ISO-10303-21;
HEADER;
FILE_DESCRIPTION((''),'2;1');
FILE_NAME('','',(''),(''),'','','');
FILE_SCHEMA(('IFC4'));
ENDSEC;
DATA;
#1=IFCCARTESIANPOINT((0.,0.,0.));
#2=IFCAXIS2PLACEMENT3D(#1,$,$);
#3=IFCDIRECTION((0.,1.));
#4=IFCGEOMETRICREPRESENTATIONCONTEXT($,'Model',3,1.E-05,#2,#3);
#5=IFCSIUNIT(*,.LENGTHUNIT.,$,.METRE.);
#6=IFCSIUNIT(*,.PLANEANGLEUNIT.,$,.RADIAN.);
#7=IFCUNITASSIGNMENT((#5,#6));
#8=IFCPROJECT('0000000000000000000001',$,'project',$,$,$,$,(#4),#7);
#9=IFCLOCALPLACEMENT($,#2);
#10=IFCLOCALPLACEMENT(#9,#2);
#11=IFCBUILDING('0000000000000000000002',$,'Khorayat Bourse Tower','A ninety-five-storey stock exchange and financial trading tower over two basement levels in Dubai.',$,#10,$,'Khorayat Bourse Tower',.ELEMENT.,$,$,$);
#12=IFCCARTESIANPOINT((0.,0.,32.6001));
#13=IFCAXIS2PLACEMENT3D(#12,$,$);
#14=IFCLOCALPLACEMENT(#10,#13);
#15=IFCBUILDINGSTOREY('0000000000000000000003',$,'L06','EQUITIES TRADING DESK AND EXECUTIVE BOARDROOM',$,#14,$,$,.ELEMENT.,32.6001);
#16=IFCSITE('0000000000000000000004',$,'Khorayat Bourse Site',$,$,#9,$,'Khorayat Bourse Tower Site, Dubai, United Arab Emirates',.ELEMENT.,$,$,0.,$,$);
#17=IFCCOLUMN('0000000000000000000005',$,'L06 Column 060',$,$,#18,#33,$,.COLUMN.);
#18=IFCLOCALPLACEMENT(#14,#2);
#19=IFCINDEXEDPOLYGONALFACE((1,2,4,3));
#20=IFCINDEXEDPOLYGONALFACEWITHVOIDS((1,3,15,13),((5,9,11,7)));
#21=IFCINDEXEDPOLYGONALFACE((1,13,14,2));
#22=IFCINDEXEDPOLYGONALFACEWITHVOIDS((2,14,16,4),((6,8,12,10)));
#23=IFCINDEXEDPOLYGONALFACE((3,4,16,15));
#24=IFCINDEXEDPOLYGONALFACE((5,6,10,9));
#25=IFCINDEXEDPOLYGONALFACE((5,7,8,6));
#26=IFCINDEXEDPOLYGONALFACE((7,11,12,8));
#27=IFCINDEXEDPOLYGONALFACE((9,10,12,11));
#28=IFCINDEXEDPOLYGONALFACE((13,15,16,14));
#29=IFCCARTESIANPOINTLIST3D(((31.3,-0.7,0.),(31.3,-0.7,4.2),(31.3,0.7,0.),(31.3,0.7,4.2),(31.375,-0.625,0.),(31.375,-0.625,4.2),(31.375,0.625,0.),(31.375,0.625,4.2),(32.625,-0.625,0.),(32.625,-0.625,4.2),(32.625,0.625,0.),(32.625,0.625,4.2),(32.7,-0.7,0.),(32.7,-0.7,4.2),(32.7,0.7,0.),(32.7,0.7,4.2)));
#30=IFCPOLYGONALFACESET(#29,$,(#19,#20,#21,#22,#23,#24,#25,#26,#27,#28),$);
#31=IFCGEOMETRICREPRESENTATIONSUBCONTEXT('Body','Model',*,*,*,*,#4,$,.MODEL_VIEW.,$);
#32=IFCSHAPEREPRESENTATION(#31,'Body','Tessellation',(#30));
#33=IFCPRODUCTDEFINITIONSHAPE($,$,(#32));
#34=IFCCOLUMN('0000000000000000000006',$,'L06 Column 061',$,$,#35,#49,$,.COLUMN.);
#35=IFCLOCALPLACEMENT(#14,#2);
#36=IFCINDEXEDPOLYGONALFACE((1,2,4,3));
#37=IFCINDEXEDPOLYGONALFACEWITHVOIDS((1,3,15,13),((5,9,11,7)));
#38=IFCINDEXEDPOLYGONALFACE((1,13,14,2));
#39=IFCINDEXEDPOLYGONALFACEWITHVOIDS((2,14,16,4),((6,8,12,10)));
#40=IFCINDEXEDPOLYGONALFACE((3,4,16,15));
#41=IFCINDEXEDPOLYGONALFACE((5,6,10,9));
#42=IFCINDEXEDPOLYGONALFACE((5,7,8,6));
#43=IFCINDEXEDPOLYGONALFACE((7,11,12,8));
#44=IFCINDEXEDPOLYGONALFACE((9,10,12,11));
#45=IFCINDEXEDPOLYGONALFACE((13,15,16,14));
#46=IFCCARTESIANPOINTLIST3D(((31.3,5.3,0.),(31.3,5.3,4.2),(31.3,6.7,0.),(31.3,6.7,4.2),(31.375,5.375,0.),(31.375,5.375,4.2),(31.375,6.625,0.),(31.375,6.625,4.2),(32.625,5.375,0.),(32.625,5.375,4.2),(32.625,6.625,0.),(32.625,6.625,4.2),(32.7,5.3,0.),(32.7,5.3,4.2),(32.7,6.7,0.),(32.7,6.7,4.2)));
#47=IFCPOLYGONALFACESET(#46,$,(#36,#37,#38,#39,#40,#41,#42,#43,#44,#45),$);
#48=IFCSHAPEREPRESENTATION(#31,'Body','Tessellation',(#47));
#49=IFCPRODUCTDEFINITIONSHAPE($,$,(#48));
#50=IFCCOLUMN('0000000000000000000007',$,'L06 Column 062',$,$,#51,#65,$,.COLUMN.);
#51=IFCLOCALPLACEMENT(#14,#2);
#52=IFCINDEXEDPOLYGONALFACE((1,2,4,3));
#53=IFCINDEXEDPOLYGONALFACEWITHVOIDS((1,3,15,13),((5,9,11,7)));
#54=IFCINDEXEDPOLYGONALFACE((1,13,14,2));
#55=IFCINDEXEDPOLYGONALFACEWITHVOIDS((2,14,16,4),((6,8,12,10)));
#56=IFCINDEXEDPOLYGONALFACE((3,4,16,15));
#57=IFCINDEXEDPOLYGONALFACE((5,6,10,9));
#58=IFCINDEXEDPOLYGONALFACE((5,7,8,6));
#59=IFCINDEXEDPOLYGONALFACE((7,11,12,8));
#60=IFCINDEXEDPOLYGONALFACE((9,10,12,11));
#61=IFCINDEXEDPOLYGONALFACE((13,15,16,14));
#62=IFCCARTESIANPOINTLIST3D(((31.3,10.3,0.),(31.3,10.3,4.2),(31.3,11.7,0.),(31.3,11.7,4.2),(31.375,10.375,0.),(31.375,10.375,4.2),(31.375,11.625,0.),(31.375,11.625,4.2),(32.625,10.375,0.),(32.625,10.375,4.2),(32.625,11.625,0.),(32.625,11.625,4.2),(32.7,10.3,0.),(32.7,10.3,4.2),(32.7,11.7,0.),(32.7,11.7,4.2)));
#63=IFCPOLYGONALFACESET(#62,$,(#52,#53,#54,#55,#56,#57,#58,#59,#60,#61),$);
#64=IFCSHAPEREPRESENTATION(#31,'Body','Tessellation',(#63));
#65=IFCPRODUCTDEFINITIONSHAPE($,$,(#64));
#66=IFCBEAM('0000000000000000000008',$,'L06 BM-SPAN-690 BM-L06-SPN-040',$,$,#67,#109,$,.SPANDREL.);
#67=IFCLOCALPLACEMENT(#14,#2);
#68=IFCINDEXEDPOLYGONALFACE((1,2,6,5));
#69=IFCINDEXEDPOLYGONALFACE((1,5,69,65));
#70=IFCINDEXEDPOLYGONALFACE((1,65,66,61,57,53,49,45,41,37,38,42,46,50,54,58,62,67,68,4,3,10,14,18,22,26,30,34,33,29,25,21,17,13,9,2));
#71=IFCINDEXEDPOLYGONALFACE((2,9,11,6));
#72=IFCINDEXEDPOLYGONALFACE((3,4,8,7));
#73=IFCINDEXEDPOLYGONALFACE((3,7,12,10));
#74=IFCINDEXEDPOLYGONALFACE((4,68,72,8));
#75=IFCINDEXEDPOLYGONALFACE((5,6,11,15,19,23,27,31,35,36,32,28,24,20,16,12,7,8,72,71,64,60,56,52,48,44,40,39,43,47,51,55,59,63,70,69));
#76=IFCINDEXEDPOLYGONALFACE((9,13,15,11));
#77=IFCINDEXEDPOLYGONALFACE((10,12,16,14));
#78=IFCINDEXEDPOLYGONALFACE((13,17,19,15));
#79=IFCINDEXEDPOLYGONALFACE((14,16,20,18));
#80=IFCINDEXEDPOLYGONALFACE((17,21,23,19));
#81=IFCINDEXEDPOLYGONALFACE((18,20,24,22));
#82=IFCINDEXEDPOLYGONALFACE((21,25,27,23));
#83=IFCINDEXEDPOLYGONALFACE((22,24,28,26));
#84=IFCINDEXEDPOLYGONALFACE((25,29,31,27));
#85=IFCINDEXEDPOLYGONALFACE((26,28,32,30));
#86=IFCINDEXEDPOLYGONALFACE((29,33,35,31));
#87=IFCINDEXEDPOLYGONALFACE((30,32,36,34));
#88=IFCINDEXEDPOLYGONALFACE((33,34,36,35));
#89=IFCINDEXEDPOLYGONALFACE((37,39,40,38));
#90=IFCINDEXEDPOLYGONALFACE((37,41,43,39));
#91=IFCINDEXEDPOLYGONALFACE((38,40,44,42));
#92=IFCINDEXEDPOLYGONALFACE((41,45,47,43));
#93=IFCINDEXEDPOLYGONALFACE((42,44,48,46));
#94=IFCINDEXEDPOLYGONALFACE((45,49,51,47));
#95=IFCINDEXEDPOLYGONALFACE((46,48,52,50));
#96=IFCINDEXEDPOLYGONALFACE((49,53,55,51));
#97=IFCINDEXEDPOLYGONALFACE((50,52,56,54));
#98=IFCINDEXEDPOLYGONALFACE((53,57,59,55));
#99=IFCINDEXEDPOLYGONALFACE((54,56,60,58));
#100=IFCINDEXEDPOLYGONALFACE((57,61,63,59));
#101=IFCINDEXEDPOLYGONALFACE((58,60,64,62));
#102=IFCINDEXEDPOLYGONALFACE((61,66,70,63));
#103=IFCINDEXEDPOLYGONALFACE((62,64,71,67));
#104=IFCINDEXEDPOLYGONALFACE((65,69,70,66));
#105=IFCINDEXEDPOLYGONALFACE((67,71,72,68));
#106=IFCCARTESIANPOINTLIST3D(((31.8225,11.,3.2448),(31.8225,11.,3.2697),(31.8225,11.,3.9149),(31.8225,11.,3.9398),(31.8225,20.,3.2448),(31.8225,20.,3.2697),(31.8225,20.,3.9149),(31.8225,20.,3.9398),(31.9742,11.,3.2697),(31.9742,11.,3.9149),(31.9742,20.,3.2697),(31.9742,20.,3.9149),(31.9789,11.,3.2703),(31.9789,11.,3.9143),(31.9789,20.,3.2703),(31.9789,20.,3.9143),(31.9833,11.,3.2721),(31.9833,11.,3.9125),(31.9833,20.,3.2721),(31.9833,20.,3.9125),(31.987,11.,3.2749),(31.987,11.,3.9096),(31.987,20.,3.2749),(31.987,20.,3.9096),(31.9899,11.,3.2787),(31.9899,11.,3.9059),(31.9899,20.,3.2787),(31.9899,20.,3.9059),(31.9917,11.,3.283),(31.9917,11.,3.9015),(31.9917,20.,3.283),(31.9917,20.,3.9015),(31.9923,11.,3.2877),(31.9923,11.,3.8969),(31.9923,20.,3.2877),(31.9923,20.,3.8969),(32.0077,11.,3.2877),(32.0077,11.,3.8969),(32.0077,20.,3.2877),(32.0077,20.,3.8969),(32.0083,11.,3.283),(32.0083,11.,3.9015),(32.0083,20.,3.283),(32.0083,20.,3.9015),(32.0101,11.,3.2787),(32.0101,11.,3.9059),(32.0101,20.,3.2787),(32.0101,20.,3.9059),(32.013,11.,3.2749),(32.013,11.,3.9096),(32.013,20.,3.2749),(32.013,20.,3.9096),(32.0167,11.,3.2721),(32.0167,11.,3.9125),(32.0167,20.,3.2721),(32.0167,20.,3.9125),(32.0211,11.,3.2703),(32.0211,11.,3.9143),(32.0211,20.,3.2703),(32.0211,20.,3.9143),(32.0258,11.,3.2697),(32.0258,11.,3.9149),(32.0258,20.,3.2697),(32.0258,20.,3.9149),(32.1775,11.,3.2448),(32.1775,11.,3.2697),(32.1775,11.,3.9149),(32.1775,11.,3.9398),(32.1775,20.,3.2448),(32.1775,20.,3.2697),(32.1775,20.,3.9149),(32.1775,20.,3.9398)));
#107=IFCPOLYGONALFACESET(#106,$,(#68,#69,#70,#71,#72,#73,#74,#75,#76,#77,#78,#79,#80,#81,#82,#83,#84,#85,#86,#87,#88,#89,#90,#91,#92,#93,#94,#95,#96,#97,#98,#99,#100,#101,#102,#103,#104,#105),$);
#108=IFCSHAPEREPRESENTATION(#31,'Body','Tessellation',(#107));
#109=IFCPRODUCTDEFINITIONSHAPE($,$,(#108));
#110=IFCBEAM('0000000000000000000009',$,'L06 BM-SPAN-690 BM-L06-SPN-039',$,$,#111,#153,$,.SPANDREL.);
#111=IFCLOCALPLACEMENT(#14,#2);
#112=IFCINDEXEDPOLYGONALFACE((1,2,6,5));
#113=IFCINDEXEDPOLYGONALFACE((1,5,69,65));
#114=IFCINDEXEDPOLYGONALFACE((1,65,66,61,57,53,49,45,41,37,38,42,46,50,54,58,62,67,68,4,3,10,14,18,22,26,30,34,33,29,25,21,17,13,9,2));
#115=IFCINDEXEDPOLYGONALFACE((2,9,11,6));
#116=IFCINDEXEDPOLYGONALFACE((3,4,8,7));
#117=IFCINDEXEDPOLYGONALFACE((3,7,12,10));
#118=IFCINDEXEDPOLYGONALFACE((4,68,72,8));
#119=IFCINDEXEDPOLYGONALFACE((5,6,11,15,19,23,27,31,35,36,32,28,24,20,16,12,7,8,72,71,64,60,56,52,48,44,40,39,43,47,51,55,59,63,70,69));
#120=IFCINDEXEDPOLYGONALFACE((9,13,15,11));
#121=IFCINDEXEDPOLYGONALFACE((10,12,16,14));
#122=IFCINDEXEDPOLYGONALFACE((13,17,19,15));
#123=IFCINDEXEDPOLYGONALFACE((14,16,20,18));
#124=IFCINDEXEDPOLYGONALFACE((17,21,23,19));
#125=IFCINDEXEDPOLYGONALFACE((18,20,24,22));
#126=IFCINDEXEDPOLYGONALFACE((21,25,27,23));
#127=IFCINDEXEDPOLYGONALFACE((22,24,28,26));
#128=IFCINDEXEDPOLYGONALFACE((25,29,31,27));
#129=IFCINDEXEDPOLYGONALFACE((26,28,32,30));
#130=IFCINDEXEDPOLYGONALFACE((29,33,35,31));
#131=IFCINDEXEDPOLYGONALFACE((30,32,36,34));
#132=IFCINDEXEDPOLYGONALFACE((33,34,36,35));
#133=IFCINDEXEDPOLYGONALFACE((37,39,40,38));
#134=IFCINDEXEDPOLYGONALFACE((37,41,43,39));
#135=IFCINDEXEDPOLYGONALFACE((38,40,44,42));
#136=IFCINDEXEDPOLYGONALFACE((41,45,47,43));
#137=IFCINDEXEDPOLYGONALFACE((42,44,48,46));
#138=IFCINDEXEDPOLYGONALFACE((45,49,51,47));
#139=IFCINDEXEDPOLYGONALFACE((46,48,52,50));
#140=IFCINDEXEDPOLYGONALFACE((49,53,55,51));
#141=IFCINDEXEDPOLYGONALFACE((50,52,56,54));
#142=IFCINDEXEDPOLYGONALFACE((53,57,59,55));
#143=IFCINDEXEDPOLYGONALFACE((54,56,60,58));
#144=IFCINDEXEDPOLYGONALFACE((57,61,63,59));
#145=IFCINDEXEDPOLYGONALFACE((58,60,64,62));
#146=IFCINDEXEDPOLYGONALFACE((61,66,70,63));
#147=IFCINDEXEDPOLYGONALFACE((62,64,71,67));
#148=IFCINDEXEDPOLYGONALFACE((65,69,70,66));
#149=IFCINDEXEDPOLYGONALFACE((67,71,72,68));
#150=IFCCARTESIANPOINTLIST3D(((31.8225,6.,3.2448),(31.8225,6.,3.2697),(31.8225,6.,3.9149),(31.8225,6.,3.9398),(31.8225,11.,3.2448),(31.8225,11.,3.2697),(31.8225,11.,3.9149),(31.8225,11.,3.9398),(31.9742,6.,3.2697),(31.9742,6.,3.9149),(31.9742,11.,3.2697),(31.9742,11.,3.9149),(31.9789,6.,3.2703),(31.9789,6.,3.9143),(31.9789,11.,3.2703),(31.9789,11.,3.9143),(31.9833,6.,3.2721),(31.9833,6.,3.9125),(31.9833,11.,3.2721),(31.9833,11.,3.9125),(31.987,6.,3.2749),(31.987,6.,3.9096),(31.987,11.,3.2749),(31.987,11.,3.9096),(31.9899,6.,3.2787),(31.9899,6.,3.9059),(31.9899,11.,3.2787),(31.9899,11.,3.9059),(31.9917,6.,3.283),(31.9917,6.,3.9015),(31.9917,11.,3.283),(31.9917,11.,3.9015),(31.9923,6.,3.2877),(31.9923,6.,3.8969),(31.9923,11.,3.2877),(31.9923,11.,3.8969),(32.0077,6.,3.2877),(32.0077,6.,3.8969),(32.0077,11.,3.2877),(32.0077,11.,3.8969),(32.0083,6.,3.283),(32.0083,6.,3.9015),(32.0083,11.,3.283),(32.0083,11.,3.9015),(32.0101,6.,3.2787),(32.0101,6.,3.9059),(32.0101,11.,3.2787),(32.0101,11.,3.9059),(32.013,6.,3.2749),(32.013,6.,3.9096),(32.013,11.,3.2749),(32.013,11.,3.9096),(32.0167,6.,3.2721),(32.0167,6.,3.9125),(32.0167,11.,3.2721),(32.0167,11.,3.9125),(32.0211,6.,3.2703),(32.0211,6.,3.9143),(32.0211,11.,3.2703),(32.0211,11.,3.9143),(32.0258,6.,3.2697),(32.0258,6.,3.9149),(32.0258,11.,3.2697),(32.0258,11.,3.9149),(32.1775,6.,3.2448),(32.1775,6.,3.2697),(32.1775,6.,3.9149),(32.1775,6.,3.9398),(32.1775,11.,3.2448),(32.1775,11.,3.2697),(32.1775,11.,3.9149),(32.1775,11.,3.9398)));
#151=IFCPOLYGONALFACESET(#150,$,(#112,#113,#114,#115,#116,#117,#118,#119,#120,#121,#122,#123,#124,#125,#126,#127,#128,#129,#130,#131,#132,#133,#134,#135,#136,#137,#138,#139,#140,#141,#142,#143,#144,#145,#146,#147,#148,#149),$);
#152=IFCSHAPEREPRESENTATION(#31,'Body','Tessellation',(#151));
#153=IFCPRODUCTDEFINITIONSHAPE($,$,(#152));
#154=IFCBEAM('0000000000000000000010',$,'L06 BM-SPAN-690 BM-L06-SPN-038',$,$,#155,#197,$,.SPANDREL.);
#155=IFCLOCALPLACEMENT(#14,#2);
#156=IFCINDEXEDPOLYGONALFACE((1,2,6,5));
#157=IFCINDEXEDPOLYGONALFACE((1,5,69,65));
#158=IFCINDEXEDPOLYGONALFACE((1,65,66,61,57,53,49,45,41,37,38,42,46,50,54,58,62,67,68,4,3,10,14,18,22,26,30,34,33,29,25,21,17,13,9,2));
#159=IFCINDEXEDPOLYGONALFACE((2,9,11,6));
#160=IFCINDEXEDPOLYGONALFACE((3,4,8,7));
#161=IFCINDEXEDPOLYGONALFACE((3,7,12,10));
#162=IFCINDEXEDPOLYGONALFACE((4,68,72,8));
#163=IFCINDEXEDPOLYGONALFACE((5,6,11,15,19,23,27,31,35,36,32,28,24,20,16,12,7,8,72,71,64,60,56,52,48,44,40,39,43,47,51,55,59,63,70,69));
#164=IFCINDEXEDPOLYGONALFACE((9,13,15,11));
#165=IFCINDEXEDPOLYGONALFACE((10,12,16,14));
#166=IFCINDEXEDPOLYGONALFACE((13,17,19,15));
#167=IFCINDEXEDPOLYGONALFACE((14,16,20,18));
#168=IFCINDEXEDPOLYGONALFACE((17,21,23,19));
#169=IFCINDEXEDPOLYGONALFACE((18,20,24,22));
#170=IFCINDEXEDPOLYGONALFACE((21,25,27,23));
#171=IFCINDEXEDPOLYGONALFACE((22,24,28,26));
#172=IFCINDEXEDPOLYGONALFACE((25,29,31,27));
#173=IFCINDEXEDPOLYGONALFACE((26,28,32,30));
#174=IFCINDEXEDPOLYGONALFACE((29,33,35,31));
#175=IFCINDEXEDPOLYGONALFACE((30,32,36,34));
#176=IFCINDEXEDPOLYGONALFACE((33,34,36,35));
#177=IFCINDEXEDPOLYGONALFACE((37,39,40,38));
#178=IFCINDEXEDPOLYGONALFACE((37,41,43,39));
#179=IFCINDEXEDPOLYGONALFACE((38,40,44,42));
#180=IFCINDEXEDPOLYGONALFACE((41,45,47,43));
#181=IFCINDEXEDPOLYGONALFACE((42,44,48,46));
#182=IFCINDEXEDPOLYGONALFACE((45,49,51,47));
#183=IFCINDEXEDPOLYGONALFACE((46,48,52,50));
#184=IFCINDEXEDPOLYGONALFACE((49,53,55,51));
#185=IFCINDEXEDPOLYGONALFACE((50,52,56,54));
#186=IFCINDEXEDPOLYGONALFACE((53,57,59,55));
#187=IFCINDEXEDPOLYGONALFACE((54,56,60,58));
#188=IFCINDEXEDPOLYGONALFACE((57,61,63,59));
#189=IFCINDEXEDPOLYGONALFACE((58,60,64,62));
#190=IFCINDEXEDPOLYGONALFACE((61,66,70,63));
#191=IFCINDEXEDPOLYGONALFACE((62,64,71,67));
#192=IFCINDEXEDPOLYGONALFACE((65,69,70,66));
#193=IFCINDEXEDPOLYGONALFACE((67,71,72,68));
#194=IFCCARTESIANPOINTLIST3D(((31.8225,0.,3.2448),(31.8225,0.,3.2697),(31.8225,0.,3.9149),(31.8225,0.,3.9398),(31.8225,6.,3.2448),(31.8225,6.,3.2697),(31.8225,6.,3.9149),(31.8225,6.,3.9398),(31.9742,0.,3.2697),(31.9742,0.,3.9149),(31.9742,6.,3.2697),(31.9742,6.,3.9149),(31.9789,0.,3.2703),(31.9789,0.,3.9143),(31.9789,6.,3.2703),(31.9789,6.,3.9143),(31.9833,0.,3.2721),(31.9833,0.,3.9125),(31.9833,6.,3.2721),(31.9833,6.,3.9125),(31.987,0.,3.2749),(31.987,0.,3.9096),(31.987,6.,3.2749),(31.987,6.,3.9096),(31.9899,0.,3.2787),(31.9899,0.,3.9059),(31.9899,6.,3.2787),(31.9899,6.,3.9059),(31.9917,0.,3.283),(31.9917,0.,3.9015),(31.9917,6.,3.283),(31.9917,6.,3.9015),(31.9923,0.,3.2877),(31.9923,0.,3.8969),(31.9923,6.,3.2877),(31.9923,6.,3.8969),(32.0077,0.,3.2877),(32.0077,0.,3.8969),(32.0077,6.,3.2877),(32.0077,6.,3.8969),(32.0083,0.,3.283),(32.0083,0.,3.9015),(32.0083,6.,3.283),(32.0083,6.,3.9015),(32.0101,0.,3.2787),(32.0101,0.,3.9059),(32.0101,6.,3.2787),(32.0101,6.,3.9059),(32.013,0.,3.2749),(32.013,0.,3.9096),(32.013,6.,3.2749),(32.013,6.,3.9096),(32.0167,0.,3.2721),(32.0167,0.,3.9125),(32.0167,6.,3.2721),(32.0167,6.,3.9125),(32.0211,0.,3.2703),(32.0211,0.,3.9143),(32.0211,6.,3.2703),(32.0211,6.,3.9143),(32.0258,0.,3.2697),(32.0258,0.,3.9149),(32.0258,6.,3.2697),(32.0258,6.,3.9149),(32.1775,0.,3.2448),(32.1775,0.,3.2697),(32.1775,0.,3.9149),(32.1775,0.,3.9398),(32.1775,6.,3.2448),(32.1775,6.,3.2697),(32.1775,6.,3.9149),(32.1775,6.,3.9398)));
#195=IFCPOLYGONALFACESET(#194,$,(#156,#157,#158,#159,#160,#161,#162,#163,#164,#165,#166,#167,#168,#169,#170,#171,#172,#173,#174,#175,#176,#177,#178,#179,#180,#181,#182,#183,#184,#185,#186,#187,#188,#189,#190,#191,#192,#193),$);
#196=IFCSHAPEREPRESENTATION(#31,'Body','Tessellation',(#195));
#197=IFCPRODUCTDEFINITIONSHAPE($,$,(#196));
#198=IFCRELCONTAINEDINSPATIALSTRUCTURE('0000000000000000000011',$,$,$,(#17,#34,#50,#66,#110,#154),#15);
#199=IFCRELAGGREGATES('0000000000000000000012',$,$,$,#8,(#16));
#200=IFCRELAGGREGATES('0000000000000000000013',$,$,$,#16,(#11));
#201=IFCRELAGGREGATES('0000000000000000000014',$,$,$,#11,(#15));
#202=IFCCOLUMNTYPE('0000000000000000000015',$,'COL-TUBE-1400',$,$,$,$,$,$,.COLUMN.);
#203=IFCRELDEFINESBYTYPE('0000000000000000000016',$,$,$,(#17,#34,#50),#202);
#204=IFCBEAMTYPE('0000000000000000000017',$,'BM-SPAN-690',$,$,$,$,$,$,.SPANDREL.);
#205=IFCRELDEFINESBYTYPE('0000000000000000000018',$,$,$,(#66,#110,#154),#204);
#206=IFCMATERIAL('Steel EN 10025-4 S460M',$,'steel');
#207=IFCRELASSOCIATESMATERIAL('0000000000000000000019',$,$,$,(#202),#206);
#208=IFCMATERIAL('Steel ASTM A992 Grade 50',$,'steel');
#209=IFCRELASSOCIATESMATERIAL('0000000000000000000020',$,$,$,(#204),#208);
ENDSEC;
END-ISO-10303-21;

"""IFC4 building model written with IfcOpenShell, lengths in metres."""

from ifc_helpers import new_model, si_unit, direction, frame, origin, origin_2d, place, context, subcontext, project, spatial, hollow_rectangle, i_section, extrude, source, transform, mapped, material, material_profile, profile_set, type_object, element, save


model = new_model("IFC4")

# Units and contexts
model_context = context("Model", 3, precision=1e-05, world=origin(), true_north=direction((0.0, 1.0)))
body_context = subcontext(model_context, "Body", "Model", "MODEL_VIEW")
ifc_project = project(units=[si_unit("LENGTHUNIT", "METRE"), si_unit("PLANEANGLEUNIT", "RADIAN")], contexts=[model_context])

# Site, building, storey
site_placement = place(None, origin())
site = spatial("IfcSite", under=ifc_project, at=site_placement, Name="Khorayat Bourse Site", LongName="Khorayat Bourse Tower Site, Dubai, United Arab Emirates", CompositionType="ELEMENT", RefElevation=0.0)
building_placement = place(site_placement, origin())
building = spatial("IfcBuilding", under=site, at=building_placement, Name="Khorayat Bourse Tower", Description="A ninety-five-storey stock exchange and financial trading tower over two basement levels in Dubai.", LongName="Khorayat Bourse Tower", CompositionType="ELEMENT")
storey_placement = place(building_placement, frame((0.0, 0.0, 32.6001)))
storey = spatial("IfcBuildingStorey", under=building, at=storey_placement, Name="L06", Description="EQUITIES TRADING DESK AND EXECUTIVE BOARDROOM", CompositionType="ELEMENT", Elevation=32.6001)

# Columns
ifc_material_1 = material(Name="Steel EN 10025-4 S460M", Category="steel")
ifc_material_profile_1 = material_profile(ifc_material_1, hollow_rectangle(XDim=1.3999, YDim=1.3999, WallThickness=0.075, at=origin_2d()), Name="BOX 1400x1400x75")
ifc_profile_set_1 = profile_set([ifc_material_profile_1], Name="Steel EN 10025-4 S460M")
column_type = type_object("IfcColumnType", Name="COL-TUBE-1400", PredefinedType="COLUMN", material=ifc_profile_set_1)
shared_shape_1 = source(origin(), body_context, "Body", "SweptSolid", [
    extrude(hollow_rectangle(XDim=1.3999, YDim=1.3999, WallThickness=0.075, at=origin_2d()), origin(), (0.0, 0.0, 1.0), 4.2),
])
for number, where, z_axis, x_axis, name in (
    (1, (32.0, 0.0, 0.0), (0.0, 0.0, 1.0), (1.0, 0.0, 0.0), "L06 Column 060"),
    (2, (32.0, 6.0, 0.0), (0.0, 0.0, 1.0), (1.0, 0.0, 0.0), "L06 Column 061"),
    (3, (32.0, 11.0, 0.0), (0.0, 0.0, 1.0), (1.0, 0.0, 0.0), "L06 Column 062"),
):
    element("IfcColumn", number, at=place(storey_placement, frame(where, z_axis=z_axis, x_axis=x_axis)), inside=storey, type_object=column_type, Name=name, PredefinedType="COLUMN", context=body_context, shape_type="MappedRepresentation", body=[
        mapped(shared_shape_1, transform((0.0, 0.0, 0.0), scale=1.0)),
    ])

# Beams
ifc_material_2 = material(Name="Steel ASTM A992 Grade 50", Category="steel")
ifc_material_profile_2 = material_profile(ifc_material_2, i_section(OverallWidth=0.355, OverallDepth=0.6951, WebThickness=0.0154, FlangeThickness=0.0249, FilletRadius=0.0181, at=origin_2d()), Name="W690X217")
ifc_profile_set_2 = profile_set([ifc_material_profile_2], Name="Steel ASTM A992 Grade 50")
beam_type_1 = type_object("IfcBeamType", Name="BM-SPAN-690", PredefinedType="SPANDREL", material=ifc_profile_set_2)
shared_shape_2 = source(origin(), body_context, "Body", "SweptSolid", [
    extrude(i_section(OverallWidth=0.355, OverallDepth=0.6951, WebThickness=0.0154, FlangeThickness=0.0249, FilletRadius=0.0181, at=origin_2d()), origin(), (0.0, 0.0, 1.0), 9.0),
])
beam_1_placement = place(storey_placement, frame((32.0, 11.0, 3.5923), z_axis=(0.0, 1.0, 0.0), x_axis=(-1.0, 0.0, 0.0)))
element("IfcBeam", 4, at=beam_1_placement, inside=storey, type_object=beam_type_1, Name="L06 BM-SPAN-690 BM-L06-SPN-040", PredefinedType="SPANDREL", context=body_context, shape_type="MappedRepresentation", body=[
    mapped(shared_shape_2, transform((0.0, 0.0, 0.0), scale=1.0)),
])
shared_shape_3 = source(origin(), body_context, "Body", "SweptSolid", [
    extrude(i_section(OverallWidth=0.355, OverallDepth=0.6951, WebThickness=0.0154, FlangeThickness=0.0249, FilletRadius=0.0181, at=origin_2d()), origin(), (0.0, 0.0, 1.0), 5.0),
])
beam_2_placement = place(storey_placement, frame((32.0, 6.0, 3.5923), z_axis=(0.0, 1.0, 0.0), x_axis=(-1.0, 0.0, 0.0)))
element("IfcBeam", 5, at=beam_2_placement, inside=storey, type_object=beam_type_1, Name="L06 BM-SPAN-690 BM-L06-SPN-039", PredefinedType="SPANDREL", context=body_context, shape_type="MappedRepresentation", body=[
    mapped(shared_shape_3, transform((0.0, 0.0, 0.0), scale=1.0)),
])
shared_shape_4 = source(origin(), body_context, "Body", "SweptSolid", [
    extrude(i_section(OverallWidth=0.355, OverallDepth=0.6951, WebThickness=0.0154, FlangeThickness=0.0249, FilletRadius=0.0181, at=origin_2d()), origin(), (0.0, 0.0, 1.0), 6.0),
])
beam_3_placement = place(storey_placement, frame((32.0, 0.0, 3.5923), z_axis=(0.0, 1.0, 0.0), x_axis=(-1.0, 0.0, 0.0)))
element("IfcBeam", 6, at=beam_3_placement, inside=storey, type_object=beam_type_1, Name="L06 BM-SPAN-690 BM-L06-SPN-038", PredefinedType="SPANDREL", context=body_context, shape_type="MappedRepresentation", body=[
    mapped(shared_shape_4, transform((0.0, 0.0, 0.0), scale=1.0)),
])

save(model, "model.ifc")
